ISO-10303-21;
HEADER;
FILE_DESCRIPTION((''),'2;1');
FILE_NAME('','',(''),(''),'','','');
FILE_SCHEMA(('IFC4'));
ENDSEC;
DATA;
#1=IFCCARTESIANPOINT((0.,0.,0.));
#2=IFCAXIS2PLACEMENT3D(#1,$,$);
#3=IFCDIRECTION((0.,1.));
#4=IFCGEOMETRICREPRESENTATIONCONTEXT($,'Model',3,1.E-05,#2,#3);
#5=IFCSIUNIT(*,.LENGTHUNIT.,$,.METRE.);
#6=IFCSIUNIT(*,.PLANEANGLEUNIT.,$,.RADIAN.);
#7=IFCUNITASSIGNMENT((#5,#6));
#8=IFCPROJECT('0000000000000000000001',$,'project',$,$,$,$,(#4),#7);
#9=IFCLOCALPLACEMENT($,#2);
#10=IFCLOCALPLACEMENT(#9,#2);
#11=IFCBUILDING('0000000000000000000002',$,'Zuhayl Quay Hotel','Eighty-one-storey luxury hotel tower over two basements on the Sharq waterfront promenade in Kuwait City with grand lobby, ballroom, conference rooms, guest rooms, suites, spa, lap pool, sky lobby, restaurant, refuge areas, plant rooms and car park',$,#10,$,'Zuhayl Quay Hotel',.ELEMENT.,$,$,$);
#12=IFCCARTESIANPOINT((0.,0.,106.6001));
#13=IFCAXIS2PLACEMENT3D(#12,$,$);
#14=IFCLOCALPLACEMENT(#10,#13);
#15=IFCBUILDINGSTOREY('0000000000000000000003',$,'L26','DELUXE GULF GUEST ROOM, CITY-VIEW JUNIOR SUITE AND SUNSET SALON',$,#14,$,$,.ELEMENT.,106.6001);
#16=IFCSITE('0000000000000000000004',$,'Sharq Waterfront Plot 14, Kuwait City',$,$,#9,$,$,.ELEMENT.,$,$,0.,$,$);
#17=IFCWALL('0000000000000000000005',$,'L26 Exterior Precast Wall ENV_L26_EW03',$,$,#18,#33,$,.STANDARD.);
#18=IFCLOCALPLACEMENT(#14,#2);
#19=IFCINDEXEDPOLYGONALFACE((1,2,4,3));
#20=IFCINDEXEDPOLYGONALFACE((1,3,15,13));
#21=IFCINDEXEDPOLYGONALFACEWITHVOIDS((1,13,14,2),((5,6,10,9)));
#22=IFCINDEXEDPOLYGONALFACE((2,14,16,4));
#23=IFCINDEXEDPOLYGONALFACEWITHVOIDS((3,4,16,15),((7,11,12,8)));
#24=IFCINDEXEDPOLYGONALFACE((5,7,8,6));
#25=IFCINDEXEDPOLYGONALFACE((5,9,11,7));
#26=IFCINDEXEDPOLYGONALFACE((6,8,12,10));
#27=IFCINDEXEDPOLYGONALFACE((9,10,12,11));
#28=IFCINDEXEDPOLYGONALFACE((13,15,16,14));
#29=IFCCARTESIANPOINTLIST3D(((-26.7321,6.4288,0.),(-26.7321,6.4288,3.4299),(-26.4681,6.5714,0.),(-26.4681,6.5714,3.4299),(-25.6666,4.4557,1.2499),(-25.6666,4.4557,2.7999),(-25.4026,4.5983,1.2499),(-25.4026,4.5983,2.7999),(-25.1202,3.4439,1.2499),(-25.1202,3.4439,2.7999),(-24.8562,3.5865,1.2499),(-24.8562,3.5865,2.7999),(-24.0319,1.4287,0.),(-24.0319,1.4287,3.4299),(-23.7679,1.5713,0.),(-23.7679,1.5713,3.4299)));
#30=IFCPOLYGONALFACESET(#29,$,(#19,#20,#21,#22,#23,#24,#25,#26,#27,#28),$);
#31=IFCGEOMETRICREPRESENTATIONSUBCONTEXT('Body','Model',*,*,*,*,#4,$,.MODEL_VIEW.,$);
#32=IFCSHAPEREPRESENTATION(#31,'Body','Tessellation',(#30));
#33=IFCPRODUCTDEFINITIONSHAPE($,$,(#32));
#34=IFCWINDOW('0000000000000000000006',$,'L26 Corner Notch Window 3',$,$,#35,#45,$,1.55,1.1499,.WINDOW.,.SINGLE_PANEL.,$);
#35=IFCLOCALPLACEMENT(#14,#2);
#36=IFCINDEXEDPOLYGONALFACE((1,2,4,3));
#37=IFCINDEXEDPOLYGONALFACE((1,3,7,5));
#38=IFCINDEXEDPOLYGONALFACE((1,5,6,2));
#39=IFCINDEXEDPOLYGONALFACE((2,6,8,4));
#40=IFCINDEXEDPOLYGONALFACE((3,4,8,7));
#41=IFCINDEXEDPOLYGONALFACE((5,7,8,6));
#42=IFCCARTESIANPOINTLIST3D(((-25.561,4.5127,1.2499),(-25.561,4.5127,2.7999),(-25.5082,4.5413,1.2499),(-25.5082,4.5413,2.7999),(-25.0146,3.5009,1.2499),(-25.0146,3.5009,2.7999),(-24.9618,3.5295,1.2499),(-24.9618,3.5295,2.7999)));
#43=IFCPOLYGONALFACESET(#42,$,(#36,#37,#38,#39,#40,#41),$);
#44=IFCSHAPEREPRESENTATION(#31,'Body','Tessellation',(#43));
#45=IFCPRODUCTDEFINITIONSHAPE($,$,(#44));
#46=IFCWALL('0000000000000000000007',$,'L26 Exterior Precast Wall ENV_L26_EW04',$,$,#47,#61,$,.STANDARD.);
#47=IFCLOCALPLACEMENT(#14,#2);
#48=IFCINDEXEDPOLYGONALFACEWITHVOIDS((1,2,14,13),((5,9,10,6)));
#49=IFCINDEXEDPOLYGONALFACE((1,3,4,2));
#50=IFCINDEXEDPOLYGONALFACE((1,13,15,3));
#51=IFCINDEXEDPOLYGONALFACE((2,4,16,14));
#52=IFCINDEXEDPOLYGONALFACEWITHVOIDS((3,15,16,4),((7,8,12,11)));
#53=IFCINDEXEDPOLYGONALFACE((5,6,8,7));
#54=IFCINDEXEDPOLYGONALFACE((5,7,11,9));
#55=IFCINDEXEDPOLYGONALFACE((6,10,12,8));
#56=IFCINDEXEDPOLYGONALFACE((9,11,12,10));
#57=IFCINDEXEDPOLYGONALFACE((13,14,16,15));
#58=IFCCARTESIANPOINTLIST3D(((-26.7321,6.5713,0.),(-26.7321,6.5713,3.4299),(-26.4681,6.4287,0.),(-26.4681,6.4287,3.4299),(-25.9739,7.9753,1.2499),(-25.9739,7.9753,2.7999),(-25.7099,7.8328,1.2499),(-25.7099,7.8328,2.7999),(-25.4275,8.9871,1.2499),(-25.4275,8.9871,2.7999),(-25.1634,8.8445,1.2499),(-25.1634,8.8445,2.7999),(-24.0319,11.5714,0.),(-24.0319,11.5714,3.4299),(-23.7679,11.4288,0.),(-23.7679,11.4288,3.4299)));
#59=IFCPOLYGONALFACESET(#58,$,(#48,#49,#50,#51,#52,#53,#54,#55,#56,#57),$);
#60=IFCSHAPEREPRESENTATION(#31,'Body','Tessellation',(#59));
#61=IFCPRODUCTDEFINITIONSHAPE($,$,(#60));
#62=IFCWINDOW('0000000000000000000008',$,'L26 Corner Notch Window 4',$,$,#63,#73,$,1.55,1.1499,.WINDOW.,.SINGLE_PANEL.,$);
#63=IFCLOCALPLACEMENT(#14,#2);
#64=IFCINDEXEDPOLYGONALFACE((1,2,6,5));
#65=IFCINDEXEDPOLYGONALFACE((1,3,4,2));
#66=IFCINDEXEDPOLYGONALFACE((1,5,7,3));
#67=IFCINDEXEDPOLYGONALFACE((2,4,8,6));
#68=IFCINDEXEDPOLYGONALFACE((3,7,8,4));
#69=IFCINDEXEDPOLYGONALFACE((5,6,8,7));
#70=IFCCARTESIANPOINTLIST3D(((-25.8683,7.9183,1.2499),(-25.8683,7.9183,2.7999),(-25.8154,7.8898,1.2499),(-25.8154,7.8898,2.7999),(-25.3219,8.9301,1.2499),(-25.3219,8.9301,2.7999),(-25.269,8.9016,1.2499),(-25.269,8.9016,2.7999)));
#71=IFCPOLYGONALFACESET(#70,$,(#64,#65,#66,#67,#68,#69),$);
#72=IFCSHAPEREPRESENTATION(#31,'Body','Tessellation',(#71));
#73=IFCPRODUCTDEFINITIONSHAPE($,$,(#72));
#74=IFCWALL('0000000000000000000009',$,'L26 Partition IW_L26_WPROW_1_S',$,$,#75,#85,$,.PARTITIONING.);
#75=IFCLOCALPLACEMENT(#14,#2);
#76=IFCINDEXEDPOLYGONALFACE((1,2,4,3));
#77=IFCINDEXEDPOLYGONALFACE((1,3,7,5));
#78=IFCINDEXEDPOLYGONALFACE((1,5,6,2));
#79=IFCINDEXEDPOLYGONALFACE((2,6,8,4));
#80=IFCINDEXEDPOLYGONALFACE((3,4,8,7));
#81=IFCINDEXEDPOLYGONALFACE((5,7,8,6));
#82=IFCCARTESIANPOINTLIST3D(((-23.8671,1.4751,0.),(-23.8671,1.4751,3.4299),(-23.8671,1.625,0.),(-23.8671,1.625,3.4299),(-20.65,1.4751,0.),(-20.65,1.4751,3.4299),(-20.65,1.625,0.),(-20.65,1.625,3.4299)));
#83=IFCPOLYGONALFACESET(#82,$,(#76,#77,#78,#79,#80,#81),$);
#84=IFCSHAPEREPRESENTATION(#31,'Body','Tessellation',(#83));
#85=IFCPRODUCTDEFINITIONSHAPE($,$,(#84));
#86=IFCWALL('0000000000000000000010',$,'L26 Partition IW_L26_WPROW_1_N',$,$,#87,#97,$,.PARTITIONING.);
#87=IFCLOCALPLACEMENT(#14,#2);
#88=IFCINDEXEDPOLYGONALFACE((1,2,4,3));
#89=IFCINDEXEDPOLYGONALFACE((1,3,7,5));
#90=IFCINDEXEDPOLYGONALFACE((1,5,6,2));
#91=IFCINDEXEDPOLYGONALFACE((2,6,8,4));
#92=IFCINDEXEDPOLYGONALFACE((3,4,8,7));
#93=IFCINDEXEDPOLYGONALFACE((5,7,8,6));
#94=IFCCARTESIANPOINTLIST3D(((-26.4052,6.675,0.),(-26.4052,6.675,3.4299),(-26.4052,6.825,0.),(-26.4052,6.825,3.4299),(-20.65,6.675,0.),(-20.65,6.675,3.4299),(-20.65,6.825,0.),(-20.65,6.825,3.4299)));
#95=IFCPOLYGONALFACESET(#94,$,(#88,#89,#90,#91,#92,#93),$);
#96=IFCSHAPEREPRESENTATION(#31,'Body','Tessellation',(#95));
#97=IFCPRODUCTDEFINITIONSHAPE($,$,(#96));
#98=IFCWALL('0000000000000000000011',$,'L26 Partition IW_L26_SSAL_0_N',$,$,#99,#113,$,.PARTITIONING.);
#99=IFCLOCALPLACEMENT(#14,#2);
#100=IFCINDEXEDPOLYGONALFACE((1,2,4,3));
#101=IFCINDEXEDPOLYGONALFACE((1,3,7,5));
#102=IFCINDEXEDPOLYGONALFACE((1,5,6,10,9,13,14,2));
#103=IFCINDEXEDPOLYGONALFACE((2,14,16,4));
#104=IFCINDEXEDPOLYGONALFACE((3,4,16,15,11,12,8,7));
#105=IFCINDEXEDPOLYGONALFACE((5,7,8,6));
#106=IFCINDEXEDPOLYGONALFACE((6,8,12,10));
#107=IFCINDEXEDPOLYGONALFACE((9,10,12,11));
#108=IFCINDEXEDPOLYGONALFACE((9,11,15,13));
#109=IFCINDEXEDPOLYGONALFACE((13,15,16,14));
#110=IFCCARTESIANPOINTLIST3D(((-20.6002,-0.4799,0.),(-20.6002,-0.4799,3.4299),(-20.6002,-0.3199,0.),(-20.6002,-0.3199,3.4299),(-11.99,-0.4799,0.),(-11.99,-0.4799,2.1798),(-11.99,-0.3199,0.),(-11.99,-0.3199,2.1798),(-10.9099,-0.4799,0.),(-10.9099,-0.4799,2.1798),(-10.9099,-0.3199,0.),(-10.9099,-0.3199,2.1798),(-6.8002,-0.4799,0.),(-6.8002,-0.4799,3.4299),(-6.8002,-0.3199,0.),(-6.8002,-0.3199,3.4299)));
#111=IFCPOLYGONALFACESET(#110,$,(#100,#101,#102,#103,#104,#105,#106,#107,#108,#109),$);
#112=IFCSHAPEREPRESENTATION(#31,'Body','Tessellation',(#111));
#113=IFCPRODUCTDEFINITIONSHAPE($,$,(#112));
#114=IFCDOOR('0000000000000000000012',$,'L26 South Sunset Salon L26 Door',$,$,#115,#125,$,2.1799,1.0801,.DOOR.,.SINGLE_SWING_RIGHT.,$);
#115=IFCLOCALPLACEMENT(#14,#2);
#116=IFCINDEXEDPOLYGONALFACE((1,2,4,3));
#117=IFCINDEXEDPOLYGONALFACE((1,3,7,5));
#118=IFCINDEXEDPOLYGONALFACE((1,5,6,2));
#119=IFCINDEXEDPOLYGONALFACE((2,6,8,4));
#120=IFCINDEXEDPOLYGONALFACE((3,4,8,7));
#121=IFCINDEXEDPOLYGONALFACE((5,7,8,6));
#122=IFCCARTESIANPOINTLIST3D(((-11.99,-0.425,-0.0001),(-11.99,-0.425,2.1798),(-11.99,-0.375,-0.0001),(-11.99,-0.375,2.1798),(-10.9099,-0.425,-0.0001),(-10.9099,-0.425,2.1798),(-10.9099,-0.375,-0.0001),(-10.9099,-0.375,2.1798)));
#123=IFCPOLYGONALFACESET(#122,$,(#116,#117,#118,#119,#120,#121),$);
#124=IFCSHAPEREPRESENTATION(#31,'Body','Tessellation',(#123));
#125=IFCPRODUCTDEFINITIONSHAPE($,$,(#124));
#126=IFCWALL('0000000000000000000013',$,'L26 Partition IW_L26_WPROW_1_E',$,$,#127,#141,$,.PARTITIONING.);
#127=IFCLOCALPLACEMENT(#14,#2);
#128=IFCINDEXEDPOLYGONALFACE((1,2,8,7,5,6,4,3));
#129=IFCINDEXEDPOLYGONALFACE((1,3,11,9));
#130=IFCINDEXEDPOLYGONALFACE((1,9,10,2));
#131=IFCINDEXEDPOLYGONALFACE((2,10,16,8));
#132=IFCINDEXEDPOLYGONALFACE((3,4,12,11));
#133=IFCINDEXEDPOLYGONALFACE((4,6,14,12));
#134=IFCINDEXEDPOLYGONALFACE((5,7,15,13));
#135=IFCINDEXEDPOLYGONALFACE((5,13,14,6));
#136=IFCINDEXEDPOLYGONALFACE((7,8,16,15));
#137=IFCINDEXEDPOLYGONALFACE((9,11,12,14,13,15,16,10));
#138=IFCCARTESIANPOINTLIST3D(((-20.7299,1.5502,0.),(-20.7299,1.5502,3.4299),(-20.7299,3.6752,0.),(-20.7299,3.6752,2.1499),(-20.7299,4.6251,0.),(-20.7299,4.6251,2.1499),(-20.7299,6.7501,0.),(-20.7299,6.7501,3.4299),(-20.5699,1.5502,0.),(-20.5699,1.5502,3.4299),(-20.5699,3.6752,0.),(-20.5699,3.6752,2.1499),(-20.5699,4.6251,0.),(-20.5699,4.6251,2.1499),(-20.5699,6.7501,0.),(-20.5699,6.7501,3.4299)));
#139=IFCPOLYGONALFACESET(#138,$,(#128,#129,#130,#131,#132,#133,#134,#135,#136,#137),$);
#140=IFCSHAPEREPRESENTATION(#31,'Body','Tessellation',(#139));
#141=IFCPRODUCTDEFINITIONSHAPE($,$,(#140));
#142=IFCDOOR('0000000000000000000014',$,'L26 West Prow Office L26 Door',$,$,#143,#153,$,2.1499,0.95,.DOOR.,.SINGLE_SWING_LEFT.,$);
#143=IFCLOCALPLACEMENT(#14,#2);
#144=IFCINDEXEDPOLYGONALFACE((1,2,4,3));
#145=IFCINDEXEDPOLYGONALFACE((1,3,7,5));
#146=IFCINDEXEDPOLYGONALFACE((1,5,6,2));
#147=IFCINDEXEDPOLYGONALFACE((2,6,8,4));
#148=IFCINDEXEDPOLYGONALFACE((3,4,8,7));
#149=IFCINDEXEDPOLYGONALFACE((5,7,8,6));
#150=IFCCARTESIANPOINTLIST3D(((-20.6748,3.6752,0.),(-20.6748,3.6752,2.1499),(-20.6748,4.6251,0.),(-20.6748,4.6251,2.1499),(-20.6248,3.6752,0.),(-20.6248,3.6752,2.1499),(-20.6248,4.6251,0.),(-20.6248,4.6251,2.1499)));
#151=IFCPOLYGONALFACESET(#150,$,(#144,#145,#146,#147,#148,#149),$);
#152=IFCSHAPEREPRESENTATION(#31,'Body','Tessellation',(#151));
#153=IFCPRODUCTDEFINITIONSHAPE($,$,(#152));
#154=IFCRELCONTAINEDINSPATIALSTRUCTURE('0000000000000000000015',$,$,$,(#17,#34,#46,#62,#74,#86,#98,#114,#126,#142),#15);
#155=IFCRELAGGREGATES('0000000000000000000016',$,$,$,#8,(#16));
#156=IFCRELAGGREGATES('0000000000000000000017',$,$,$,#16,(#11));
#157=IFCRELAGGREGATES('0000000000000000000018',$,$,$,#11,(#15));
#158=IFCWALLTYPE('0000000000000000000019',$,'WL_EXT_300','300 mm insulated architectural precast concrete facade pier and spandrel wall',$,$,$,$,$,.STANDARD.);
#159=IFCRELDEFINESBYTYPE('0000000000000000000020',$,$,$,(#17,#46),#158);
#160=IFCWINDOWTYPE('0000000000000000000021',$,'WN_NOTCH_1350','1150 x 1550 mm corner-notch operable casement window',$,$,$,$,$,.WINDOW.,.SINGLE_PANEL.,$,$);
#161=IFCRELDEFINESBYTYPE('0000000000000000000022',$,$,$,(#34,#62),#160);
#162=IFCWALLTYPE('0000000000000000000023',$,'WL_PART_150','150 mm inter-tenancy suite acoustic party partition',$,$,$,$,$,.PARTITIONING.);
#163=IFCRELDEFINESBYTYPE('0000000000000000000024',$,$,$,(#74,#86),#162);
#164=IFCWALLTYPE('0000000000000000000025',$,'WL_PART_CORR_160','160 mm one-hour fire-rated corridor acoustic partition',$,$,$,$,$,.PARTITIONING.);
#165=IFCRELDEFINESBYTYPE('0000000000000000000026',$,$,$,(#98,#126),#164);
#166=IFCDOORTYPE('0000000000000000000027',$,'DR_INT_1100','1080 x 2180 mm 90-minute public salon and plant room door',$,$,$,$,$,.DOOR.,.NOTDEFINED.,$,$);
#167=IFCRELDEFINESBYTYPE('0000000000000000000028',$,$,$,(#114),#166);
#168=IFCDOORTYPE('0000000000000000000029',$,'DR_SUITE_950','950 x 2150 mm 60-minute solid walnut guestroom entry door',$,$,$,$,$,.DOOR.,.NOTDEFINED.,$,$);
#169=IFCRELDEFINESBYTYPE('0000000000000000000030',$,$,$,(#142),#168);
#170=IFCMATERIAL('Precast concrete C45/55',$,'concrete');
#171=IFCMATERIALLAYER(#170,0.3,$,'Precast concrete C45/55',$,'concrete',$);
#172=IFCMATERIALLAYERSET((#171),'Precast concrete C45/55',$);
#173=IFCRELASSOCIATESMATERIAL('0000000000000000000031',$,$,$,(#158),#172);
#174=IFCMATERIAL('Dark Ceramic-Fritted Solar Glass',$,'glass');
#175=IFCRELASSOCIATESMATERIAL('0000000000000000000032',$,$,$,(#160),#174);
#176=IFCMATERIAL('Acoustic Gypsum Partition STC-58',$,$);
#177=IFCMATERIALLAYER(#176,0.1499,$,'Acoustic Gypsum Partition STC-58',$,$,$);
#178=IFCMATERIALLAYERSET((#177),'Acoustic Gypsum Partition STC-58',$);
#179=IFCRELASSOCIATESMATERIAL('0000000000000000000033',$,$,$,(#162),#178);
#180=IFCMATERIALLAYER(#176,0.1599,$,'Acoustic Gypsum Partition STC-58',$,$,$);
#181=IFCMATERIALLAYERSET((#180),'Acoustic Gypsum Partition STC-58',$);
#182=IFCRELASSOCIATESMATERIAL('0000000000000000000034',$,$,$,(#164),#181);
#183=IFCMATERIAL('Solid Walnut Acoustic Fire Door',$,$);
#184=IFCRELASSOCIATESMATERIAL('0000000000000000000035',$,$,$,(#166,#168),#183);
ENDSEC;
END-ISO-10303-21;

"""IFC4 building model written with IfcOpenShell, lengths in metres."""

from ifc_helpers import new_model, si_unit, direction, frame, frame_2d, origin, place, context, subcontext, project, spatial, rectangle, extrude, material, layer, layer_set, type_object, element, fill, save


model = new_model("IFC4")

# Units and contexts
model_context = context("Model", 3, precision=1e-05, world=origin(), true_north=direction((0.0, 1.0)))
body_context = subcontext(model_context, "Body", "Model", "MODEL_VIEW")
ifc_project = project(units=[si_unit("LENGTHUNIT", "METRE"), si_unit("PLANEANGLEUNIT", "RADIAN")], contexts=[model_context])

# Site, building, storey
site_placement = place(None, origin())
site = spatial("IfcSite", under=ifc_project, at=site_placement, Name="Sharq Waterfront Plot 14, Kuwait City", CompositionType="ELEMENT", RefElevation=0.0)
building_placement = place(site_placement, origin())
building = spatial("IfcBuilding", under=site, at=building_placement, Name="Zuhayl Quay Hotel", Description="Eighty-one-storey luxury hotel tower over two basements on the Sharq waterfront promenade in Kuwait City with grand lobby, ballroom, conference rooms, guest rooms, suites, spa, lap pool, sky lobby, restaurant, refuge areas, plant rooms and car park", LongName="Zuhayl Quay Hotel", CompositionType="ELEMENT")
storey_placement = place(building_placement, frame((0.0, 0.0, 106.6001)))
storey = spatial("IfcBuildingStorey", under=building, at=storey_placement, Name="L26", Description="DELUXE GULF GUEST ROOM, CITY-VIEW JUNIOR SUITE AND SUNSET SALON", CompositionType="ELEMENT", Elevation=106.6001)

# Shared definitions
ifc_material_1 = material(Name="Precast concrete C45/55", Category="concrete")
ifc_layer_1 = layer(ifc_material_1, 0.3, Name="Precast concrete C45/55", Category="concrete")
ifc_layer_set_1 = layer_set([ifc_layer_1], Name="Precast concrete C45/55")
wall_type_1 = type_object("IfcWallType", Name="WL_EXT_300", Description="300 mm insulated architectural precast concrete facade pier and spandrel wall", PredefinedType="STANDARD", material=ifc_layer_set_1)

# Walls, openings, windows
wall_1_placement = place(storey_placement, frame((-23.8999, 1.5, 0.0), z_axis=(0.0, 0.0, 1.0), x_axis=(-0.475176, 0.879891, 0.0)))
wall_1 = element("IfcWall", 1, at=wall_1_placement, inside=storey, type_object=wall_type_1, Name="L26 Exterior Precast Wall ENV_L26_EW03", PredefinedType="STANDARD", context=body_context, shape_type="SweptSolid", body=[
    extrude(rectangle(XDim=5.6826, YDim=0.3, at=frame_2d((2.8413, 0.0))), origin(), (0.0, 0.0, 1.0), 3.4299),
])
opening_1_placement = place(wall_1_placement, frame((2.2903, 0.0, 1.25)))
opening_1 = element("IfcOpeningElement", 2, at=opening_1_placement, cuts=wall_1, PredefinedType="OPENING", context=body_context, shape_type="SweptSolid", body=[
    extrude(rectangle(XDim=1.1499, YDim=1.55, at=frame_2d((0.575, 0.7749))), frame((0.0, 0.1599, 0.0), z_axis=(0.0, -1.0, 0.0), x_axis=(1.0, 0.0, 0.0)), (0.0, 0.0, 1.0), 0.3201),
])
ifc_material_2 = material(Name="Dark Ceramic-Fritted Solar Glass", Category="glass")
window_type = type_object("IfcWindowType", Name="WN_NOTCH_1350", Description="1150 x 1550 mm corner-notch operable casement window", PartitioningType="SINGLE_PANEL", PredefinedType="WINDOW", material=ifc_material_2)
window_1_placement = place(opening_1_placement, origin())
window_1 = element("IfcWindow", 3, at=window_1_placement, inside=storey, type_object=window_type, Name="L26 Corner Notch Window 3", OverallHeight=1.55, OverallWidth=1.1499, PartitioningType="SINGLE_PANEL", PredefinedType="WINDOW", context=body_context, shape_type="SweptSolid", body=[
    extrude(rectangle(XDim=1.1499, YDim=1.55, at=frame_2d((0.575, 0.7749))), frame((0.0, 0.03, 0.0), z_axis=(0.0, -1.0, 0.0), x_axis=(1.0, 0.0, 0.0)), (0.0, 0.0, 1.0), 0.0601),
])
fill(opening_1, window_1)
wall_2_placement = place(storey_placement, frame((-26.6001, 6.5, 0.0), z_axis=(0.0, 0.0, 1.0), x_axis=(0.475176, 0.879891, 0.0)))
wall_2 = element("IfcWall", 4, at=wall_2_placement, inside=storey, type_object=wall_type_1, Name="L26 Exterior Precast Wall ENV_L26_EW04", PredefinedType="STANDARD", context=body_context, shape_type="SweptSolid", body=[
    extrude(rectangle(XDim=5.6826, YDim=0.3, at=frame_2d((2.8413, 0.0))), origin(), (0.0, 0.0, 1.0), 3.4299),
])
opening_2_placement = place(wall_2_placement, frame((1.5957, 0.0, 1.25)))
opening_2 = element("IfcOpeningElement", 5, at=opening_2_placement, cuts=wall_2, PredefinedType="OPENING", context=body_context, shape_type="SweptSolid", body=[
    extrude(rectangle(XDim=1.1499, YDim=1.55, at=frame_2d((0.575, 0.7749))), frame((0.0, 0.1599, 0.0), z_axis=(0.0, -1.0, 0.0), x_axis=(1.0, 0.0, 0.0)), (0.0, 0.0, 1.0), 0.3201),
])
window_2_placement = place(opening_2_placement, origin())
window_2 = element("IfcWindow", 6, at=window_2_placement, inside=storey, type_object=window_type, Name="L26 Corner Notch Window 4", OverallHeight=1.55, OverallWidth=1.1499, PartitioningType="SINGLE_PANEL", PredefinedType="WINDOW", context=body_context, shape_type="SweptSolid", body=[
    extrude(rectangle(XDim=1.1499, YDim=1.55, at=frame_2d((0.575, 0.7749))), frame((0.0, 0.03, 0.0), z_axis=(0.0, -1.0, 0.0), x_axis=(1.0, 0.0, 0.0)), (0.0, 0.0, 1.0), 0.0601),
])
fill(opening_2, window_2)

# Walls
ifc_material_3 = material(Name="Acoustic Gypsum Partition STC-58")
ifc_layer_2 = layer(ifc_material_3, 0.1499, Name="Acoustic Gypsum Partition STC-58")
ifc_layer_set_2 = layer_set([ifc_layer_2], Name="Acoustic Gypsum Partition STC-58")
wall_type_2 = type_object("IfcWallType", Name="WL_PART_150", Description="150 mm inter-tenancy suite acoustic party partition", PredefinedType="PARTITIONING", material=ifc_layer_set_2)
wall_3_placement = place(storey_placement, frame((-23.8669, 1.55, 0.0), z_axis=(0.0, 0.0, 1.0), x_axis=(1.0, 0.0, 0.0)))
element("IfcWall", 7, at=wall_3_placement, inside=storey, type_object=wall_type_2, Name="L26 Partition IW_L26_WPROW_1_S", PredefinedType="PARTITIONING", context=body_context, shape_type="SweptSolid", body=[
    extrude(rectangle(XDim=3.217, YDim=0.1499, at=frame_2d((1.6084, 0.0))), origin(), (0.0, 0.0, 1.0), 3.4299),
])
wall_4_placement = place(storey_placement, frame((-26.405, 6.75, 0.0), z_axis=(0.0, 0.0, 1.0), x_axis=(1.0, 0.0, 0.0)))
element("IfcWall", 8, at=wall_4_placement, inside=storey, type_object=wall_type_2, Name="L26 Partition IW_L26_WPROW_1_N", PredefinedType="PARTITIONING", context=body_context, shape_type="SweptSolid", body=[
    extrude(rectangle(XDim=5.7551, YDim=0.1499, at=frame_2d((2.8774, 0.0))), origin(), (0.0, 0.0, 1.0), 3.4299),
])

# Walls, openings, doors
ifc_layer_3 = layer(ifc_material_3, 0.1599, Name="Acoustic Gypsum Partition STC-58")
ifc_layer_set_3 = layer_set([ifc_layer_3], Name="Acoustic Gypsum Partition STC-58")
wall_type_3 = type_object("IfcWallType", Name="WL_PART_CORR_160", Description="160 mm one-hour fire-rated corridor acoustic partition", PredefinedType="PARTITIONING", material=ifc_layer_set_3)
wall_5_placement = place(storey_placement, frame((-20.6001, -0.3999, 0.0), z_axis=(0.0, 0.0, 1.0), x_axis=(1.0, 0.0, 0.0)))
wall_5 = element("IfcWall", 9, at=wall_5_placement, inside=storey, type_object=wall_type_3, Name="L26 Partition IW_L26_SSAL_0_N", PredefinedType="PARTITIONING", context=body_context, shape_type="SweptSolid", body=[
    extrude(rectangle(XDim=13.8, YDim=0.1599, at=frame_2d((6.8999, 0.0))), origin(), (0.0, 0.0, 1.0), 3.4299),
])
opening_3_placement = place(wall_5_placement, frame((8.6101, 0.0, 0.0)))
opening_3 = element("IfcOpeningElement", 10, at=opening_3_placement, cuts=wall_5, PredefinedType="OPENING", context=body_context, shape_type="SweptSolid", body=[
    extrude(rectangle(XDim=1.0801, YDim=2.1799, at=frame_2d((0.54, 1.0898))), frame((0.0, 0.0898, 0.0), z_axis=(0.0, -1.0, 0.0), x_axis=(1.0, 0.0, 0.0)), (0.0, 0.0, 1.0), 0.1799),
])
ifc_material_4 = material(Name="Solid Walnut Acoustic Fire Door")
door_type_1 = type_object("IfcDoorType", Name="DR_INT_1100", Description="1080 x 2180 mm 90-minute public salon and plant room door", OperationType="NOTDEFINED", PredefinedType="DOOR", material=ifc_material_4)
door_1_placement = place(opening_3_placement, origin())
door_1 = element("IfcDoor", 11, at=door_1_placement, inside=storey, type_object=door_type_1, Name="L26 South Sunset Salon L26 Door", OperationType="SINGLE_SWING_RIGHT", OverallHeight=2.1799, OverallWidth=1.0801, PredefinedType="DOOR", context=body_context, shape_type="SweptSolid", body=[
    extrude(rectangle(XDim=1.0801, YDim=2.1799, at=frame_2d((0.54, 1.0898))), frame((0.0, 0.0249, 0.0), z_axis=(0.0, -1.0, 0.0), x_axis=(1.0, 0.0, 0.0)), (0.0, 0.0, 1.0), 0.05),
])
fill(opening_3, door_1)
wall_6_placement = place(storey_placement, frame((-20.6499, 1.55, 0.0), z_axis=(0.0, 0.0, 1.0), x_axis=(0.0, 1.0, 0.0)))
wall_6 = element("IfcWall", 12, at=wall_6_placement, inside=storey, type_object=wall_type_3, Name="L26 Partition IW_L26_WPROW_1_E", PredefinedType="PARTITIONING", context=body_context, shape_type="SweptSolid", body=[
    extrude(rectangle(XDim=5.2, YDim=0.1599, at=frame_2d((2.6001, 0.0))), origin(), (0.0, 0.0, 1.0), 3.4299),
])
opening_4_placement = place(wall_6_placement, frame((2.125, 0.0, 0.0)))
opening_4 = element("IfcOpeningElement", 13, at=opening_4_placement, cuts=wall_6, PredefinedType="OPENING", context=body_context, shape_type="SweptSolid", body=[
    extrude(rectangle(XDim=0.95, YDim=2.1499, at=frame_2d((0.4751, 1.075))), frame((0.0, 0.0898, 0.0), z_axis=(0.0, -1.0, 0.0), x_axis=(1.0, 0.0, 0.0)), (0.0, 0.0, 1.0), 0.1799),
])
door_type_2 = type_object("IfcDoorType", Name="DR_SUITE_950", Description="950 x 2150 mm 60-minute solid walnut guestroom entry door", OperationType="NOTDEFINED", PredefinedType="DOOR", material=ifc_material_4)
door_2_placement = place(opening_4_placement, origin())
door_2 = element("IfcDoor", 14, at=door_2_placement, inside=storey, type_object=door_type_2, Name="L26 West Prow Office L26 Door", OperationType="SINGLE_SWING_LEFT", OverallHeight=2.1499, OverallWidth=0.95, PredefinedType="DOOR", context=body_context, shape_type="SweptSolid", body=[
    extrude(rectangle(XDim=0.95, YDim=2.1499, at=frame_2d((0.4751, 1.075))), frame((0.0, 0.0249, 0.0), z_axis=(0.0, -1.0, 0.0), x_axis=(1.0, 0.0, 0.0)), (0.0, 0.0, 1.0), 0.05),
])
fill(opening_4, door_2)

save(model, "model.ifc")
